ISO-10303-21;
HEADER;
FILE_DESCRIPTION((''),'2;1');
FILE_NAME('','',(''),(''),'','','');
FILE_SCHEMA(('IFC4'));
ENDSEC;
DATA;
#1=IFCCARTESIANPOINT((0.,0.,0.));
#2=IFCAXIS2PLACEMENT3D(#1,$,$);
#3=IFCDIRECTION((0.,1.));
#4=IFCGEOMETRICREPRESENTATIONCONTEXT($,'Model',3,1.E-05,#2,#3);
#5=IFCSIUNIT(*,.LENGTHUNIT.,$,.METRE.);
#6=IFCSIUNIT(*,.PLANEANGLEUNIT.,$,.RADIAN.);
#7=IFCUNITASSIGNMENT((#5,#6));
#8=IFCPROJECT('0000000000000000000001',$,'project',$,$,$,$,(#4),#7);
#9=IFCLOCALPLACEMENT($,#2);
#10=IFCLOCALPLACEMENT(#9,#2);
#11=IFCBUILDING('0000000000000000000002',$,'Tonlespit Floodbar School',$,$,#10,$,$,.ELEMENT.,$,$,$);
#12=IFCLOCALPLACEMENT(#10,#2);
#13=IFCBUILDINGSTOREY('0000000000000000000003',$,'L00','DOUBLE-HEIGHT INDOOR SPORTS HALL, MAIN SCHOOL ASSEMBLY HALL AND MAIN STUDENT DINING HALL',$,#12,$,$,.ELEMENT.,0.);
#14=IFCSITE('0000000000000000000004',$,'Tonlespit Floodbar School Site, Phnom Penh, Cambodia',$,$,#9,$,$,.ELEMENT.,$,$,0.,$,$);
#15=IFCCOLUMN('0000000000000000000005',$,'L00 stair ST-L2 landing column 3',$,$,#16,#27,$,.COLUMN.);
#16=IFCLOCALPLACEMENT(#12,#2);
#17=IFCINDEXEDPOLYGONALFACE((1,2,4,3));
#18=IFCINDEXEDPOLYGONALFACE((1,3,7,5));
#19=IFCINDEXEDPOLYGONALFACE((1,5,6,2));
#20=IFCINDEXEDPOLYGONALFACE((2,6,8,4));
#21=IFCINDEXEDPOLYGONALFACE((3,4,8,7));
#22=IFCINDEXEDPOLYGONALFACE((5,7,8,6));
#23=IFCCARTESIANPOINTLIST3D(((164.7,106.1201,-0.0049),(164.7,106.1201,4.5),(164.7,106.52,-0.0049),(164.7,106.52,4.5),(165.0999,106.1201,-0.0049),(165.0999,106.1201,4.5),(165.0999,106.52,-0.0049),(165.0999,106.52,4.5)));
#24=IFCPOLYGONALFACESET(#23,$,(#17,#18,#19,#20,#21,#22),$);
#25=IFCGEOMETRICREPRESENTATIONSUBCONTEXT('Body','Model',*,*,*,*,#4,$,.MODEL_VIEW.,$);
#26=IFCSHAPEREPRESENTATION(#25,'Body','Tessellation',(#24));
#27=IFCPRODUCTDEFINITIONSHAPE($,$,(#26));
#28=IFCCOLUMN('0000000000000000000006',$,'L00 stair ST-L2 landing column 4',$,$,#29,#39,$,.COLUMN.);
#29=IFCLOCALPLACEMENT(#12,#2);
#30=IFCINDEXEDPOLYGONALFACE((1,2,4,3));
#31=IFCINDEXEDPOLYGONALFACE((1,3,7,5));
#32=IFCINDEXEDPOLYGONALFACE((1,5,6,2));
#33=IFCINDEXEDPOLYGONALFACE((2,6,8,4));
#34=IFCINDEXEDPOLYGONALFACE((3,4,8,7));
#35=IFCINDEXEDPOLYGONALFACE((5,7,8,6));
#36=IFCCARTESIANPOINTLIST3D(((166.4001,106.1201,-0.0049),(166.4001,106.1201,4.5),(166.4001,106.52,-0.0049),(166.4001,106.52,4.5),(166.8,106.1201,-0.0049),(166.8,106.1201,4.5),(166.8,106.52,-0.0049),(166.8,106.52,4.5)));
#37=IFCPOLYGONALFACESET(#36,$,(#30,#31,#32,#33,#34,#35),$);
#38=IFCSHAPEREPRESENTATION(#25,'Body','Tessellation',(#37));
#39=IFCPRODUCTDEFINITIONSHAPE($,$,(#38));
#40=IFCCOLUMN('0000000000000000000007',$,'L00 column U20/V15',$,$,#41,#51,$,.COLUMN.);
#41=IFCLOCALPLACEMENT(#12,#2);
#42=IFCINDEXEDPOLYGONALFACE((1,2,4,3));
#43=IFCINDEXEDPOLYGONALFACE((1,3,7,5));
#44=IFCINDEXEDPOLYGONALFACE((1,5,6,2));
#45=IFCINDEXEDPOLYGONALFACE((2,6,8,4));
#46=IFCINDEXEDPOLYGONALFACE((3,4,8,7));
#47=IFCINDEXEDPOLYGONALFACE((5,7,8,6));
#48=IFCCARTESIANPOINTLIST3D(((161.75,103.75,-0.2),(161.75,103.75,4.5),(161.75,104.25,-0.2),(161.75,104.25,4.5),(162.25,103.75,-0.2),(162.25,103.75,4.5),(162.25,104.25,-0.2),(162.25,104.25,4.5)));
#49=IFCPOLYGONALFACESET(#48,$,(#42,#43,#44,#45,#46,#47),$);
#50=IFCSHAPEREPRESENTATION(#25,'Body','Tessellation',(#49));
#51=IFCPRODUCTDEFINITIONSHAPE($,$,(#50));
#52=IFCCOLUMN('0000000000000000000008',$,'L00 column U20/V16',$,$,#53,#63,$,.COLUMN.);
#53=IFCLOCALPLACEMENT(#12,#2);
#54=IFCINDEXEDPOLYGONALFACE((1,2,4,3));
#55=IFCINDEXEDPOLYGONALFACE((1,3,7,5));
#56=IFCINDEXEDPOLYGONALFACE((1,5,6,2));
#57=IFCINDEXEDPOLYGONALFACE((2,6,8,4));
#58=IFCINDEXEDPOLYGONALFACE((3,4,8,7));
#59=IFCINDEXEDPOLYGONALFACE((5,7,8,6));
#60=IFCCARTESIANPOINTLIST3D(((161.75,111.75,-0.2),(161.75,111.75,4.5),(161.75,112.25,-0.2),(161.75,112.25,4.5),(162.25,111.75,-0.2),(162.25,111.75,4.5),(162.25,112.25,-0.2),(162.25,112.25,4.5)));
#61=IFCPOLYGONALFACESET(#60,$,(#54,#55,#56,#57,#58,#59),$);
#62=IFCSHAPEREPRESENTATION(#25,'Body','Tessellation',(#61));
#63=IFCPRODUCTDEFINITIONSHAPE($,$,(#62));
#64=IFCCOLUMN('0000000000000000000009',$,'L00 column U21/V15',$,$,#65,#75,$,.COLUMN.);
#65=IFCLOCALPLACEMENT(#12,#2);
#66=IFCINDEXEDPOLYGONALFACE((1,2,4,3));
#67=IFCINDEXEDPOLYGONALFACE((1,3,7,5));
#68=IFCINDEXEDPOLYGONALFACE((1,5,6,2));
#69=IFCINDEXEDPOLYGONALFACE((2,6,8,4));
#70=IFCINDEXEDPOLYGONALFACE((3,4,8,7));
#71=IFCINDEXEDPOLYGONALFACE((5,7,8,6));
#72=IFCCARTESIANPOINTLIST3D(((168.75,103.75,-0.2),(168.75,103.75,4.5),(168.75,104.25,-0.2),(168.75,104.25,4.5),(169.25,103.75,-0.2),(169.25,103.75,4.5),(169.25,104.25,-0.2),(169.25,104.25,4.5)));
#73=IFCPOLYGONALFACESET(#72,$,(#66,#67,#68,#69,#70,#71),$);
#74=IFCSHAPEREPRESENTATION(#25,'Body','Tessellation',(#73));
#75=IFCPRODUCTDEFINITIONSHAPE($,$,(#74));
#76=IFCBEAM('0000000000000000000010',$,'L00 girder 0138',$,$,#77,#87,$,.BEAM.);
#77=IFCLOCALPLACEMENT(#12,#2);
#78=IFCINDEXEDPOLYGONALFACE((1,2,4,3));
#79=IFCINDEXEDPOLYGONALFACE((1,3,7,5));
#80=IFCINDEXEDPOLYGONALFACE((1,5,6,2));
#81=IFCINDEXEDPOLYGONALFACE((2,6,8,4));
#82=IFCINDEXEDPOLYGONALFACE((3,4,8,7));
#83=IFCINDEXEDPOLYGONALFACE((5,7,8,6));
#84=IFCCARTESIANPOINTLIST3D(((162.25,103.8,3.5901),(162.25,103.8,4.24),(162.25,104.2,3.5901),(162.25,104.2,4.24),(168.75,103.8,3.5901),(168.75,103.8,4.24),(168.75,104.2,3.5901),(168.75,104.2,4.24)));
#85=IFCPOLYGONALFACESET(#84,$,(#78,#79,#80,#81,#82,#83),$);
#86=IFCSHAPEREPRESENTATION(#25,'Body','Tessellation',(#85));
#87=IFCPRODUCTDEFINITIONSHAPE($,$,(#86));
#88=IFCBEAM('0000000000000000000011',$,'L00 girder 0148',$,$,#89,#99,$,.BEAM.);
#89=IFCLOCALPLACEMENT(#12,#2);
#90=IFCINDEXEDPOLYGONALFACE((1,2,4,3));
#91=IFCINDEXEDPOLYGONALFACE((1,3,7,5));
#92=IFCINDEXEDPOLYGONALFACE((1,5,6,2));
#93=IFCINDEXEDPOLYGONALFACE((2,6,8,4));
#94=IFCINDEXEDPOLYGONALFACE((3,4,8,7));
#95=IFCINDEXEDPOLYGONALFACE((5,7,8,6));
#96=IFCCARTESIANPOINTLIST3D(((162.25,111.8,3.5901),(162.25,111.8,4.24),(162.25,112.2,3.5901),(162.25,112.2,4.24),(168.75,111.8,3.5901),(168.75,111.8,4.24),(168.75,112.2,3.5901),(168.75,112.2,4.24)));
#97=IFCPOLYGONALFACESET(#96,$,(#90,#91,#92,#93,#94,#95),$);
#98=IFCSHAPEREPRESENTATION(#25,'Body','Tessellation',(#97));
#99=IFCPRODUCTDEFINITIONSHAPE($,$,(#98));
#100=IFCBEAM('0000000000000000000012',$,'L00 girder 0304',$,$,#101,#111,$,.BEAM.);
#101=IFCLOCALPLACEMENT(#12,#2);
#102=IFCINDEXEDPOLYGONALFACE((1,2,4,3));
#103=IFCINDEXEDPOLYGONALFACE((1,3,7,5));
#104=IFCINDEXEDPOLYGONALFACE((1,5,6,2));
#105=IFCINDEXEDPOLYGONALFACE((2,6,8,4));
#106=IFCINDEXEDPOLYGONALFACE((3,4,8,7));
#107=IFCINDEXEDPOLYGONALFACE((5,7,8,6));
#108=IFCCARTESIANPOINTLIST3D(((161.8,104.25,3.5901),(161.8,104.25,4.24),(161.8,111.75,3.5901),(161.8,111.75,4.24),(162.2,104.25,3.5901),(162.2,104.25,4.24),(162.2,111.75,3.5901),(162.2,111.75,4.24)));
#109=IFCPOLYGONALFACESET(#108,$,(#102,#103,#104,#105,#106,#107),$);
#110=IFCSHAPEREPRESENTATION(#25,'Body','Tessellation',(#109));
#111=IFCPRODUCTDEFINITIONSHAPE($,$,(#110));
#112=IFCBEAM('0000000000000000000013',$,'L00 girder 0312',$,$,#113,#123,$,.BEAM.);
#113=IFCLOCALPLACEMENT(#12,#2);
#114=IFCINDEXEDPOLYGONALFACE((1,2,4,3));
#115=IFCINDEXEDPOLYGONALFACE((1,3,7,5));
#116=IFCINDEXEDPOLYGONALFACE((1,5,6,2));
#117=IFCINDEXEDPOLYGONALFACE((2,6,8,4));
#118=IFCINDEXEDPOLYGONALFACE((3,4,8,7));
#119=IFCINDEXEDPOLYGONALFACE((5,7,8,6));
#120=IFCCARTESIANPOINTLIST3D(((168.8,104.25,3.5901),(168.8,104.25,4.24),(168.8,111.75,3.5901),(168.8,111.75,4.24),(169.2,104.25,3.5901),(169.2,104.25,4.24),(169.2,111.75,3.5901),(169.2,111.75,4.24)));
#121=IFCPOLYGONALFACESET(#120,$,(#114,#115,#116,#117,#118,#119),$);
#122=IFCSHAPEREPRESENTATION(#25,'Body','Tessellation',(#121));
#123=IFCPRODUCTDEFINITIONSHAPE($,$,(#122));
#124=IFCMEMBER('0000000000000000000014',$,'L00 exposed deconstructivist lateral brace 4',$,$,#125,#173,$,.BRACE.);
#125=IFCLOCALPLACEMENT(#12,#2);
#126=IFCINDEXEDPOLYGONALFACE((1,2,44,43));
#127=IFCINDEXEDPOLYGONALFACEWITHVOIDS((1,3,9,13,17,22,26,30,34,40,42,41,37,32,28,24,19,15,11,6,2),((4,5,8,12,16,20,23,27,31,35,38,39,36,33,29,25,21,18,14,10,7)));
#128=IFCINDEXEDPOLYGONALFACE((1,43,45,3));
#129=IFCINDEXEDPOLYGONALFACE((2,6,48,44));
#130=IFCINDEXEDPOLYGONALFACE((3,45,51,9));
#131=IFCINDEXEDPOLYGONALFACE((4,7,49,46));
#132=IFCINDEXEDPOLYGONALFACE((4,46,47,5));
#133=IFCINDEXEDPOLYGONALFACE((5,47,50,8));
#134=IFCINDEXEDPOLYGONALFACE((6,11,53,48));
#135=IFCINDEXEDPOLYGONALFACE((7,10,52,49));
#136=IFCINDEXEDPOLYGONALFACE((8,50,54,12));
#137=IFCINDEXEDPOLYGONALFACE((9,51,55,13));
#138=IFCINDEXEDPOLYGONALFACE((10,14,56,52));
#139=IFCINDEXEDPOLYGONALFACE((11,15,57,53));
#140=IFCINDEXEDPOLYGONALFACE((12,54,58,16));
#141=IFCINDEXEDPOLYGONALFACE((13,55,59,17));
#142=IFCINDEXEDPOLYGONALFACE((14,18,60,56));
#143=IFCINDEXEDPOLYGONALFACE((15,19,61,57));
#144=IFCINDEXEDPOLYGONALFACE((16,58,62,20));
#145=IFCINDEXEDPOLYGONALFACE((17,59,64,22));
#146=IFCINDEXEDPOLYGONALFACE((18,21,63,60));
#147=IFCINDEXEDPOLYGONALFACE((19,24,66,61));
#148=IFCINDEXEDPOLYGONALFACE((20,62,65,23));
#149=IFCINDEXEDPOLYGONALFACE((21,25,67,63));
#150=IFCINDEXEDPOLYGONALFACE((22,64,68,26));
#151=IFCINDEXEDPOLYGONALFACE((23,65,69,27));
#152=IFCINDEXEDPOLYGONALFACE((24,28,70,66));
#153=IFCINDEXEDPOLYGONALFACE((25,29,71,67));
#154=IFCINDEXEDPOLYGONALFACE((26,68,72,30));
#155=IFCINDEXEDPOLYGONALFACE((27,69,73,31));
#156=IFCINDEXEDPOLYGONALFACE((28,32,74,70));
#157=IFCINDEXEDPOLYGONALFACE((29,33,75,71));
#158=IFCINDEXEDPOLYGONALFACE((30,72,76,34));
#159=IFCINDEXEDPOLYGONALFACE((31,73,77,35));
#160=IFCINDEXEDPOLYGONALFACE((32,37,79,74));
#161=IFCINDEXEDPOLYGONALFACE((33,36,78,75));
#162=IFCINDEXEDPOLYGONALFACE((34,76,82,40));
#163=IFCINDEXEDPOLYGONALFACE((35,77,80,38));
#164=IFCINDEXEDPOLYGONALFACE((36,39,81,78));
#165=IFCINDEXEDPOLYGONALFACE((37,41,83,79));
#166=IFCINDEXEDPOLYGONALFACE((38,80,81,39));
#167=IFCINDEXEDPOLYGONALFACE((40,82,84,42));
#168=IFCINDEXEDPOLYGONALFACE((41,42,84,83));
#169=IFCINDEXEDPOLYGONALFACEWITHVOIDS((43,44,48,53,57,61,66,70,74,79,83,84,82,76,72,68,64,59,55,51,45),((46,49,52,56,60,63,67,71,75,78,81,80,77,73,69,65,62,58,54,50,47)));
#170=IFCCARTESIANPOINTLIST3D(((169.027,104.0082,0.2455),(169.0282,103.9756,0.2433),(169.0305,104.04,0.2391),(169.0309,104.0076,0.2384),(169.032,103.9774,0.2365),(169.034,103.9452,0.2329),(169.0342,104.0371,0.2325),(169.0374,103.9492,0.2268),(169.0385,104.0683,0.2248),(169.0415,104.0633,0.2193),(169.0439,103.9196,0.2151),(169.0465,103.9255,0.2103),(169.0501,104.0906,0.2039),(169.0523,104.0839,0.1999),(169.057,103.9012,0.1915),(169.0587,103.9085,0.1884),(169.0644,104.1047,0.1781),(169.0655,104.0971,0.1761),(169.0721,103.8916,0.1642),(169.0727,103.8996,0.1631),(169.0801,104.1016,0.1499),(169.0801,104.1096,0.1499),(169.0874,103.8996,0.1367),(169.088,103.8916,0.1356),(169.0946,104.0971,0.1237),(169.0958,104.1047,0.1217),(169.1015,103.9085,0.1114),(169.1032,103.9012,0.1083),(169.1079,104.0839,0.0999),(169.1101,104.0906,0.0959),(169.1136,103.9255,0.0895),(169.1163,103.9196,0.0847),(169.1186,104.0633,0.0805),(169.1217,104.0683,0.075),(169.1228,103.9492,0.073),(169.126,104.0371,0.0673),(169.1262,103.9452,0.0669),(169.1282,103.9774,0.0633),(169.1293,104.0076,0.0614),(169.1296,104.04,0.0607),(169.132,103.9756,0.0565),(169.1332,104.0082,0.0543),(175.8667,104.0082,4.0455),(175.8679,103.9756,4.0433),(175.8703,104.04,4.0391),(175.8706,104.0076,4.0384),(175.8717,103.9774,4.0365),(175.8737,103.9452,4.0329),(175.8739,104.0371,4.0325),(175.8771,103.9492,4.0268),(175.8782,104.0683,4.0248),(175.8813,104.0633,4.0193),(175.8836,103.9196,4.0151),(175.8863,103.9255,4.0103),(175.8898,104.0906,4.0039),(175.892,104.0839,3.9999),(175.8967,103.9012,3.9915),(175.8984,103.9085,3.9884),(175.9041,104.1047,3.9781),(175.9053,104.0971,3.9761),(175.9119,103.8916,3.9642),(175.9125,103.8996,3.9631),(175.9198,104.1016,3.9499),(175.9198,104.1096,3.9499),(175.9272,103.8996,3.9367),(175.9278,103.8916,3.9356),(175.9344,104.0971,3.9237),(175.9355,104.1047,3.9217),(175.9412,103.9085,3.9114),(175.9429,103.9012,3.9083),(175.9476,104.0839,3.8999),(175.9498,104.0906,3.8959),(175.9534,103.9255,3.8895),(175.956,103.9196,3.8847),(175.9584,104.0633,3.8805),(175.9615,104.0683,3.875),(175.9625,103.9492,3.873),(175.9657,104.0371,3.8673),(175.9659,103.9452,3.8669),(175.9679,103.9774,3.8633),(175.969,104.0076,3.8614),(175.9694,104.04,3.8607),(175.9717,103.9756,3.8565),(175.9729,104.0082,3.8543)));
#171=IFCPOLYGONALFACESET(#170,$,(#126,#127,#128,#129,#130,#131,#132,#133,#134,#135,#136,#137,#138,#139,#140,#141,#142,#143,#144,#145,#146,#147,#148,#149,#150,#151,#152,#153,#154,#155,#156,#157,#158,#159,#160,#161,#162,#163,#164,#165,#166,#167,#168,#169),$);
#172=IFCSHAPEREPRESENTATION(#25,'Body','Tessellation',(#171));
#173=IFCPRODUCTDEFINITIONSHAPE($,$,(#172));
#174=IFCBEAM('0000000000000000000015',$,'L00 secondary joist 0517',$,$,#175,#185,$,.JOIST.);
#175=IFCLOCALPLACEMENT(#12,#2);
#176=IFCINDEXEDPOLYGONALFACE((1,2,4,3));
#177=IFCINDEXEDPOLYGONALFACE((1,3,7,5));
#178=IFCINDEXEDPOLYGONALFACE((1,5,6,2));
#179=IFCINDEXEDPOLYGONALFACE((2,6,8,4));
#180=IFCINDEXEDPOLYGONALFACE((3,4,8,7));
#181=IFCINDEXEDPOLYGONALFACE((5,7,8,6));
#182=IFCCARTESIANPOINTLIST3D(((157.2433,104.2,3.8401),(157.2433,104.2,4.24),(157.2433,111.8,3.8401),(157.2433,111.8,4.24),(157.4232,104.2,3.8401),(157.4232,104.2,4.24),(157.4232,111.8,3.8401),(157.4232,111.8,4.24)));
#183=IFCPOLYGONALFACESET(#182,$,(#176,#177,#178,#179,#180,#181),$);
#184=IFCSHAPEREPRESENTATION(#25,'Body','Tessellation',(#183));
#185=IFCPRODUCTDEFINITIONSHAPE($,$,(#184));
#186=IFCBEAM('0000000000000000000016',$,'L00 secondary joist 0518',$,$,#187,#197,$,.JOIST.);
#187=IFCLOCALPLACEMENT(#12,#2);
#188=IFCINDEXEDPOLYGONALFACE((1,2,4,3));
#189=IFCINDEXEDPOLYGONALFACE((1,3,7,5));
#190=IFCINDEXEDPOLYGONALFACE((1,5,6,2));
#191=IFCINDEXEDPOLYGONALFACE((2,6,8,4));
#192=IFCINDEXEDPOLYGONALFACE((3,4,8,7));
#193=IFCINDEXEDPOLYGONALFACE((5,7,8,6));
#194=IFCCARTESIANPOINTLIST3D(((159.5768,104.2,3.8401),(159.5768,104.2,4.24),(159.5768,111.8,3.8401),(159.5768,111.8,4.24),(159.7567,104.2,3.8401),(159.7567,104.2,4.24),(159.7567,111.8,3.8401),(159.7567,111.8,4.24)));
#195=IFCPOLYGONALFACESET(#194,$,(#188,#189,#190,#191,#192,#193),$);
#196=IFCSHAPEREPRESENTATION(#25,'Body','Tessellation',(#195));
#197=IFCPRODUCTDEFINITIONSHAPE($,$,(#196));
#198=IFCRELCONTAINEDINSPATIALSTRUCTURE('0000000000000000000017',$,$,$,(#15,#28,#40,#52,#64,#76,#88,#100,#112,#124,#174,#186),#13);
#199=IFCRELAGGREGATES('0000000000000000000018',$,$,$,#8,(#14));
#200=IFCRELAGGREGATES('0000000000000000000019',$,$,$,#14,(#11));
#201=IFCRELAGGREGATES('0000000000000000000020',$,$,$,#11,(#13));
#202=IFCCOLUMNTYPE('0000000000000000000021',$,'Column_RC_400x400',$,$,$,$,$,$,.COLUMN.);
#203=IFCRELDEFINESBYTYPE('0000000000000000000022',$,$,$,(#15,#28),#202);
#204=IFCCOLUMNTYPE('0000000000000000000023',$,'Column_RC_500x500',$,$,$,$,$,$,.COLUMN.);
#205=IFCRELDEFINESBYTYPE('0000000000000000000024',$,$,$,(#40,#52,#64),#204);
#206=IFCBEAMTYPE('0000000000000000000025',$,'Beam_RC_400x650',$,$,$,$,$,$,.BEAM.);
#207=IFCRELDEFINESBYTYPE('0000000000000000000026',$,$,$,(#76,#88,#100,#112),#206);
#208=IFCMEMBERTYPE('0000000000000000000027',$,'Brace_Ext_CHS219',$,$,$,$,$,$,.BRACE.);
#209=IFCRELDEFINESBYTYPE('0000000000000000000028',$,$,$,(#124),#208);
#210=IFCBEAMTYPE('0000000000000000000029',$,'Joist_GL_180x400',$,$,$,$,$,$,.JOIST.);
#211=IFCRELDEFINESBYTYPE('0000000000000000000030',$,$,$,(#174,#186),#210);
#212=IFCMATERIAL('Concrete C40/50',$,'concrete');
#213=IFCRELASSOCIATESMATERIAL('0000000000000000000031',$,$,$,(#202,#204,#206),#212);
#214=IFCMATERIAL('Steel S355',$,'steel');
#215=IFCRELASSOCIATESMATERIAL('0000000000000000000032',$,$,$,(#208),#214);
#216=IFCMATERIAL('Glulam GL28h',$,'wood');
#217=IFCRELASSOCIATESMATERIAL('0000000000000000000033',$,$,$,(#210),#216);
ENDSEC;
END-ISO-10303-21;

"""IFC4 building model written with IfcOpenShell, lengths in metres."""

from ifc_helpers import new_model, si_unit, direction, frame, origin, origin_2d, place, context, subcontext, project, spatial, rectangle, hollow_circle, extrude, material, material_profile, profile_set, type_object, element, save


model = new_model("IFC4")

# Units and contexts
model_context = context("Model", 3, precision=1e-05, world=origin(), true_north=direction((0.0, 1.0)))
body_context = subcontext(model_context, "Body", "Model", "MODEL_VIEW")
ifc_project = project(units=[si_unit("LENGTHUNIT", "METRE"), si_unit("PLANEANGLEUNIT", "RADIAN")], contexts=[model_context])

# Site, building, storey
site_placement = place(None, origin())
site = spatial("IfcSite", under=ifc_project, at=site_placement, Name="Tonlespit Floodbar School Site, Phnom Penh, Cambodia", CompositionType="ELEMENT", RefElevation=0.0)
building_placement = place(site_placement, origin())
building = spatial("IfcBuilding", under=site, at=building_placement, Name="Tonlespit Floodbar School", CompositionType="ELEMENT")
storey_placement = place(building_placement, origin())
storey = spatial("IfcBuildingStorey", under=building, at=storey_placement, Name="L00", Description="DOUBLE-HEIGHT INDOOR SPORTS HALL, MAIN SCHOOL ASSEMBLY HALL AND MAIN STUDENT DINING HALL", CompositionType="ELEMENT", Elevation=0.0)

# Shared definitions
ifc_material_1 = material(Name="Concrete C40/50", Category="concrete")

# Columns
ifc_material_profile_1 = material_profile(ifc_material_1, rectangle(XDim=0.3999, YDim=0.3999, at=origin_2d()), Name="RC 400x400")
ifc_profile_set_1 = profile_set([ifc_material_profile_1], Name="Concrete C40/50")
column_type_1 = type_object("IfcColumnType", Name="Column_RC_400x400", PredefinedType="COLUMN", material=ifc_profile_set_1)
for number, where, z_axis, x_axis, name in (
    (1, (164.8999, 106.3201, -0.0049), (0.0, 0.0, 1.0), (1.0, 0.0, 0.0), "L00 stair ST-L2 landing column 3"),
    (2, (166.6001, 106.3201, -0.0049), (0.0, 0.0, 1.0), (1.0, 0.0, 0.0), "L00 stair ST-L2 landing column 4"),
):
    element("IfcColumn", number, at=place(storey_placement, frame(where, z_axis=z_axis, x_axis=x_axis)), inside=storey, type_object=column_type_1, Name=name, PredefinedType="COLUMN", context=body_context, shape_type="SweptSolid", body=[
        extrude(rectangle(XDim=0.3999, YDim=0.3999, at=origin_2d()), origin(), (0.0, 0.0, 1.0), 4.5049),
    ])
ifc_material_profile_2 = material_profile(ifc_material_1, rectangle(XDim=0.5, YDim=0.5, at=origin_2d()), Name="RC 500x500")
ifc_profile_set_2 = profile_set([ifc_material_profile_2], Name="Concrete C40/50")
column_type_2 = type_object("IfcColumnType", Name="Column_RC_500x500", PredefinedType="COLUMN", material=ifc_profile_set_2)
for number, where, z_axis, x_axis, name in (
    (3, (162.0, 104.0, -0.2), (0.0, 0.0, 1.0), (1.0, 0.0, 0.0), "L00 column U20/V15"),
    (4, (162.0, 112.0, -0.2), (0.0, 0.0, 1.0), (1.0, 0.0, 0.0), "L00 column U20/V16"),
    (5, (169.0, 104.0, -0.2), (0.0, 0.0, 1.0), (1.0, 0.0, 0.0), "L00 column U21/V15"),
):
    element("IfcColumn", number, at=place(storey_placement, frame(where, z_axis=z_axis, x_axis=x_axis)), inside=storey, type_object=column_type_2, Name=name, PredefinedType="COLUMN", context=body_context, shape_type="SweptSolid", body=[
        extrude(rectangle(XDim=0.5, YDim=0.5, at=origin_2d()), origin(), (0.0, 0.0, 1.0), 4.7),
    ])

# Beams
ifc_material_profile_3 = material_profile(ifc_material_1, rectangle(XDim=0.3999, YDim=0.6499, at=origin_2d()), Name="RC 400x650")
ifc_profile_set_3 = profile_set([ifc_material_profile_3], Name="Concrete C40/50")
beam_type_1 = type_object("IfcBeamType", Name="Beam_RC_400x650", PredefinedType="BEAM", material=ifc_profile_set_3)
for number, where, z_axis, x_axis, name in (
    (6, (162.25, 104.0, 3.915), (1.0, 0.0, 0.0), (0.0, 1.0, 0.0), "L00 girder 0138"),
    (7, (162.25, 112.0, 3.915), (1.0, 0.0, 0.0), (0.0, 1.0, 0.0), "L00 girder 0148"),
):
    element("IfcBeam", number, at=place(storey_placement, frame(where, z_axis=z_axis, x_axis=x_axis)), inside=storey, type_object=beam_type_1, Name=name, PredefinedType="BEAM", context=body_context, shape_type="SweptSolid", body=[
        extrude(rectangle(XDim=0.3999, YDim=0.6499, at=origin_2d()), origin(), (0.0, 0.0, 1.0), 6.5),
    ])
for number, where, z_axis, x_axis, name in (
    (8, (162.0, 104.25, 3.915), (0.0, 1.0, 0.0), (-1.0, 0.0, 0.0), "L00 girder 0304"),
    (9, (169.0, 104.25, 3.915), (0.0, 1.0, 0.0), (-1.0, 0.0, 0.0), "L00 girder 0312"),
):
    element("IfcBeam", number, at=place(storey_placement, frame(where, z_axis=z_axis, x_axis=x_axis)), inside=storey, type_object=beam_type_1, Name=name, PredefinedType="BEAM", context=body_context, shape_type="SweptSolid", body=[
        extrude(rectangle(XDim=0.3999, YDim=0.6499, at=origin_2d()), origin(), (0.0, 0.0, 1.0), 7.5),
    ])

# Member
ifc_material_2 = material(Name="Steel S355", Category="steel")
ifc_material_profile_4 = material_profile(ifc_material_2, hollow_circle(Radius=0.1096, WallThickness=0.0081, at=origin_2d()), Name="CHS 219.1x8")
ifc_profile_set_4 = profile_set([ifc_material_profile_4], Name="Steel S355")
member_type = type_object("IfcMemberType", Name="Brace_Ext_CHS219", PredefinedType="BRACE", material=ifc_profile_set_4)
member_placement = place(storey_placement, frame((169.0801, 104.0, 0.1499), z_axis=(0.87415, 0.0, 0.485656), x_axis=(0.0, 1.0, 0.0)))
element("IfcMember", 10, at=member_placement, inside=storey, type_object=member_type, Name="L00 exposed deconstructivist lateral brace 4", PredefinedType="BRACE", context=body_context, shape_type="SweptSolid", body=[
    extrude(hollow_circle(Radius=0.1096, WallThickness=0.0081, at=origin_2d()), origin(), (0.0, 0.0, 1.0), 7.8245),
])

# Beams
ifc_material_3 = material(Name="Glulam GL28h", Category="wood")
ifc_material_profile_5 = material_profile(ifc_material_3, rectangle(XDim=0.1799, YDim=0.3999, at=origin_2d()), Name="GL 180x400")
ifc_profile_set_5 = profile_set([ifc_material_profile_5], Name="Glulam GL28h")
beam_type_2 = type_object("IfcBeamType", Name="Joist_GL_180x400", PredefinedType="JOIST", material=ifc_profile_set_5)
for number, where, z_axis, x_axis, name in (
    (11, (157.3333, 104.2, 4.04), (0.0, 1.0, 0.0), (-1.0, 0.0, 0.0), "L00 secondary joist 0517"),
    (12, (159.6667, 104.2, 4.04), (0.0, 1.0, 0.0), (-1.0, 0.0, 0.0), "L00 secondary joist 0518"),
):
    element("IfcBeam", number, at=place(storey_placement, frame(where, z_axis=z_axis, x_axis=x_axis)), inside=storey, type_object=beam_type_2, Name=name, PredefinedType="JOIST", context=body_context, shape_type="SweptSolid", body=[
        extrude(rectangle(XDim=0.1799, YDim=0.3999, at=origin_2d()), origin(), (0.0, 0.0, 1.0), 7.6001),
    ])

save(model, "model.ifc")
